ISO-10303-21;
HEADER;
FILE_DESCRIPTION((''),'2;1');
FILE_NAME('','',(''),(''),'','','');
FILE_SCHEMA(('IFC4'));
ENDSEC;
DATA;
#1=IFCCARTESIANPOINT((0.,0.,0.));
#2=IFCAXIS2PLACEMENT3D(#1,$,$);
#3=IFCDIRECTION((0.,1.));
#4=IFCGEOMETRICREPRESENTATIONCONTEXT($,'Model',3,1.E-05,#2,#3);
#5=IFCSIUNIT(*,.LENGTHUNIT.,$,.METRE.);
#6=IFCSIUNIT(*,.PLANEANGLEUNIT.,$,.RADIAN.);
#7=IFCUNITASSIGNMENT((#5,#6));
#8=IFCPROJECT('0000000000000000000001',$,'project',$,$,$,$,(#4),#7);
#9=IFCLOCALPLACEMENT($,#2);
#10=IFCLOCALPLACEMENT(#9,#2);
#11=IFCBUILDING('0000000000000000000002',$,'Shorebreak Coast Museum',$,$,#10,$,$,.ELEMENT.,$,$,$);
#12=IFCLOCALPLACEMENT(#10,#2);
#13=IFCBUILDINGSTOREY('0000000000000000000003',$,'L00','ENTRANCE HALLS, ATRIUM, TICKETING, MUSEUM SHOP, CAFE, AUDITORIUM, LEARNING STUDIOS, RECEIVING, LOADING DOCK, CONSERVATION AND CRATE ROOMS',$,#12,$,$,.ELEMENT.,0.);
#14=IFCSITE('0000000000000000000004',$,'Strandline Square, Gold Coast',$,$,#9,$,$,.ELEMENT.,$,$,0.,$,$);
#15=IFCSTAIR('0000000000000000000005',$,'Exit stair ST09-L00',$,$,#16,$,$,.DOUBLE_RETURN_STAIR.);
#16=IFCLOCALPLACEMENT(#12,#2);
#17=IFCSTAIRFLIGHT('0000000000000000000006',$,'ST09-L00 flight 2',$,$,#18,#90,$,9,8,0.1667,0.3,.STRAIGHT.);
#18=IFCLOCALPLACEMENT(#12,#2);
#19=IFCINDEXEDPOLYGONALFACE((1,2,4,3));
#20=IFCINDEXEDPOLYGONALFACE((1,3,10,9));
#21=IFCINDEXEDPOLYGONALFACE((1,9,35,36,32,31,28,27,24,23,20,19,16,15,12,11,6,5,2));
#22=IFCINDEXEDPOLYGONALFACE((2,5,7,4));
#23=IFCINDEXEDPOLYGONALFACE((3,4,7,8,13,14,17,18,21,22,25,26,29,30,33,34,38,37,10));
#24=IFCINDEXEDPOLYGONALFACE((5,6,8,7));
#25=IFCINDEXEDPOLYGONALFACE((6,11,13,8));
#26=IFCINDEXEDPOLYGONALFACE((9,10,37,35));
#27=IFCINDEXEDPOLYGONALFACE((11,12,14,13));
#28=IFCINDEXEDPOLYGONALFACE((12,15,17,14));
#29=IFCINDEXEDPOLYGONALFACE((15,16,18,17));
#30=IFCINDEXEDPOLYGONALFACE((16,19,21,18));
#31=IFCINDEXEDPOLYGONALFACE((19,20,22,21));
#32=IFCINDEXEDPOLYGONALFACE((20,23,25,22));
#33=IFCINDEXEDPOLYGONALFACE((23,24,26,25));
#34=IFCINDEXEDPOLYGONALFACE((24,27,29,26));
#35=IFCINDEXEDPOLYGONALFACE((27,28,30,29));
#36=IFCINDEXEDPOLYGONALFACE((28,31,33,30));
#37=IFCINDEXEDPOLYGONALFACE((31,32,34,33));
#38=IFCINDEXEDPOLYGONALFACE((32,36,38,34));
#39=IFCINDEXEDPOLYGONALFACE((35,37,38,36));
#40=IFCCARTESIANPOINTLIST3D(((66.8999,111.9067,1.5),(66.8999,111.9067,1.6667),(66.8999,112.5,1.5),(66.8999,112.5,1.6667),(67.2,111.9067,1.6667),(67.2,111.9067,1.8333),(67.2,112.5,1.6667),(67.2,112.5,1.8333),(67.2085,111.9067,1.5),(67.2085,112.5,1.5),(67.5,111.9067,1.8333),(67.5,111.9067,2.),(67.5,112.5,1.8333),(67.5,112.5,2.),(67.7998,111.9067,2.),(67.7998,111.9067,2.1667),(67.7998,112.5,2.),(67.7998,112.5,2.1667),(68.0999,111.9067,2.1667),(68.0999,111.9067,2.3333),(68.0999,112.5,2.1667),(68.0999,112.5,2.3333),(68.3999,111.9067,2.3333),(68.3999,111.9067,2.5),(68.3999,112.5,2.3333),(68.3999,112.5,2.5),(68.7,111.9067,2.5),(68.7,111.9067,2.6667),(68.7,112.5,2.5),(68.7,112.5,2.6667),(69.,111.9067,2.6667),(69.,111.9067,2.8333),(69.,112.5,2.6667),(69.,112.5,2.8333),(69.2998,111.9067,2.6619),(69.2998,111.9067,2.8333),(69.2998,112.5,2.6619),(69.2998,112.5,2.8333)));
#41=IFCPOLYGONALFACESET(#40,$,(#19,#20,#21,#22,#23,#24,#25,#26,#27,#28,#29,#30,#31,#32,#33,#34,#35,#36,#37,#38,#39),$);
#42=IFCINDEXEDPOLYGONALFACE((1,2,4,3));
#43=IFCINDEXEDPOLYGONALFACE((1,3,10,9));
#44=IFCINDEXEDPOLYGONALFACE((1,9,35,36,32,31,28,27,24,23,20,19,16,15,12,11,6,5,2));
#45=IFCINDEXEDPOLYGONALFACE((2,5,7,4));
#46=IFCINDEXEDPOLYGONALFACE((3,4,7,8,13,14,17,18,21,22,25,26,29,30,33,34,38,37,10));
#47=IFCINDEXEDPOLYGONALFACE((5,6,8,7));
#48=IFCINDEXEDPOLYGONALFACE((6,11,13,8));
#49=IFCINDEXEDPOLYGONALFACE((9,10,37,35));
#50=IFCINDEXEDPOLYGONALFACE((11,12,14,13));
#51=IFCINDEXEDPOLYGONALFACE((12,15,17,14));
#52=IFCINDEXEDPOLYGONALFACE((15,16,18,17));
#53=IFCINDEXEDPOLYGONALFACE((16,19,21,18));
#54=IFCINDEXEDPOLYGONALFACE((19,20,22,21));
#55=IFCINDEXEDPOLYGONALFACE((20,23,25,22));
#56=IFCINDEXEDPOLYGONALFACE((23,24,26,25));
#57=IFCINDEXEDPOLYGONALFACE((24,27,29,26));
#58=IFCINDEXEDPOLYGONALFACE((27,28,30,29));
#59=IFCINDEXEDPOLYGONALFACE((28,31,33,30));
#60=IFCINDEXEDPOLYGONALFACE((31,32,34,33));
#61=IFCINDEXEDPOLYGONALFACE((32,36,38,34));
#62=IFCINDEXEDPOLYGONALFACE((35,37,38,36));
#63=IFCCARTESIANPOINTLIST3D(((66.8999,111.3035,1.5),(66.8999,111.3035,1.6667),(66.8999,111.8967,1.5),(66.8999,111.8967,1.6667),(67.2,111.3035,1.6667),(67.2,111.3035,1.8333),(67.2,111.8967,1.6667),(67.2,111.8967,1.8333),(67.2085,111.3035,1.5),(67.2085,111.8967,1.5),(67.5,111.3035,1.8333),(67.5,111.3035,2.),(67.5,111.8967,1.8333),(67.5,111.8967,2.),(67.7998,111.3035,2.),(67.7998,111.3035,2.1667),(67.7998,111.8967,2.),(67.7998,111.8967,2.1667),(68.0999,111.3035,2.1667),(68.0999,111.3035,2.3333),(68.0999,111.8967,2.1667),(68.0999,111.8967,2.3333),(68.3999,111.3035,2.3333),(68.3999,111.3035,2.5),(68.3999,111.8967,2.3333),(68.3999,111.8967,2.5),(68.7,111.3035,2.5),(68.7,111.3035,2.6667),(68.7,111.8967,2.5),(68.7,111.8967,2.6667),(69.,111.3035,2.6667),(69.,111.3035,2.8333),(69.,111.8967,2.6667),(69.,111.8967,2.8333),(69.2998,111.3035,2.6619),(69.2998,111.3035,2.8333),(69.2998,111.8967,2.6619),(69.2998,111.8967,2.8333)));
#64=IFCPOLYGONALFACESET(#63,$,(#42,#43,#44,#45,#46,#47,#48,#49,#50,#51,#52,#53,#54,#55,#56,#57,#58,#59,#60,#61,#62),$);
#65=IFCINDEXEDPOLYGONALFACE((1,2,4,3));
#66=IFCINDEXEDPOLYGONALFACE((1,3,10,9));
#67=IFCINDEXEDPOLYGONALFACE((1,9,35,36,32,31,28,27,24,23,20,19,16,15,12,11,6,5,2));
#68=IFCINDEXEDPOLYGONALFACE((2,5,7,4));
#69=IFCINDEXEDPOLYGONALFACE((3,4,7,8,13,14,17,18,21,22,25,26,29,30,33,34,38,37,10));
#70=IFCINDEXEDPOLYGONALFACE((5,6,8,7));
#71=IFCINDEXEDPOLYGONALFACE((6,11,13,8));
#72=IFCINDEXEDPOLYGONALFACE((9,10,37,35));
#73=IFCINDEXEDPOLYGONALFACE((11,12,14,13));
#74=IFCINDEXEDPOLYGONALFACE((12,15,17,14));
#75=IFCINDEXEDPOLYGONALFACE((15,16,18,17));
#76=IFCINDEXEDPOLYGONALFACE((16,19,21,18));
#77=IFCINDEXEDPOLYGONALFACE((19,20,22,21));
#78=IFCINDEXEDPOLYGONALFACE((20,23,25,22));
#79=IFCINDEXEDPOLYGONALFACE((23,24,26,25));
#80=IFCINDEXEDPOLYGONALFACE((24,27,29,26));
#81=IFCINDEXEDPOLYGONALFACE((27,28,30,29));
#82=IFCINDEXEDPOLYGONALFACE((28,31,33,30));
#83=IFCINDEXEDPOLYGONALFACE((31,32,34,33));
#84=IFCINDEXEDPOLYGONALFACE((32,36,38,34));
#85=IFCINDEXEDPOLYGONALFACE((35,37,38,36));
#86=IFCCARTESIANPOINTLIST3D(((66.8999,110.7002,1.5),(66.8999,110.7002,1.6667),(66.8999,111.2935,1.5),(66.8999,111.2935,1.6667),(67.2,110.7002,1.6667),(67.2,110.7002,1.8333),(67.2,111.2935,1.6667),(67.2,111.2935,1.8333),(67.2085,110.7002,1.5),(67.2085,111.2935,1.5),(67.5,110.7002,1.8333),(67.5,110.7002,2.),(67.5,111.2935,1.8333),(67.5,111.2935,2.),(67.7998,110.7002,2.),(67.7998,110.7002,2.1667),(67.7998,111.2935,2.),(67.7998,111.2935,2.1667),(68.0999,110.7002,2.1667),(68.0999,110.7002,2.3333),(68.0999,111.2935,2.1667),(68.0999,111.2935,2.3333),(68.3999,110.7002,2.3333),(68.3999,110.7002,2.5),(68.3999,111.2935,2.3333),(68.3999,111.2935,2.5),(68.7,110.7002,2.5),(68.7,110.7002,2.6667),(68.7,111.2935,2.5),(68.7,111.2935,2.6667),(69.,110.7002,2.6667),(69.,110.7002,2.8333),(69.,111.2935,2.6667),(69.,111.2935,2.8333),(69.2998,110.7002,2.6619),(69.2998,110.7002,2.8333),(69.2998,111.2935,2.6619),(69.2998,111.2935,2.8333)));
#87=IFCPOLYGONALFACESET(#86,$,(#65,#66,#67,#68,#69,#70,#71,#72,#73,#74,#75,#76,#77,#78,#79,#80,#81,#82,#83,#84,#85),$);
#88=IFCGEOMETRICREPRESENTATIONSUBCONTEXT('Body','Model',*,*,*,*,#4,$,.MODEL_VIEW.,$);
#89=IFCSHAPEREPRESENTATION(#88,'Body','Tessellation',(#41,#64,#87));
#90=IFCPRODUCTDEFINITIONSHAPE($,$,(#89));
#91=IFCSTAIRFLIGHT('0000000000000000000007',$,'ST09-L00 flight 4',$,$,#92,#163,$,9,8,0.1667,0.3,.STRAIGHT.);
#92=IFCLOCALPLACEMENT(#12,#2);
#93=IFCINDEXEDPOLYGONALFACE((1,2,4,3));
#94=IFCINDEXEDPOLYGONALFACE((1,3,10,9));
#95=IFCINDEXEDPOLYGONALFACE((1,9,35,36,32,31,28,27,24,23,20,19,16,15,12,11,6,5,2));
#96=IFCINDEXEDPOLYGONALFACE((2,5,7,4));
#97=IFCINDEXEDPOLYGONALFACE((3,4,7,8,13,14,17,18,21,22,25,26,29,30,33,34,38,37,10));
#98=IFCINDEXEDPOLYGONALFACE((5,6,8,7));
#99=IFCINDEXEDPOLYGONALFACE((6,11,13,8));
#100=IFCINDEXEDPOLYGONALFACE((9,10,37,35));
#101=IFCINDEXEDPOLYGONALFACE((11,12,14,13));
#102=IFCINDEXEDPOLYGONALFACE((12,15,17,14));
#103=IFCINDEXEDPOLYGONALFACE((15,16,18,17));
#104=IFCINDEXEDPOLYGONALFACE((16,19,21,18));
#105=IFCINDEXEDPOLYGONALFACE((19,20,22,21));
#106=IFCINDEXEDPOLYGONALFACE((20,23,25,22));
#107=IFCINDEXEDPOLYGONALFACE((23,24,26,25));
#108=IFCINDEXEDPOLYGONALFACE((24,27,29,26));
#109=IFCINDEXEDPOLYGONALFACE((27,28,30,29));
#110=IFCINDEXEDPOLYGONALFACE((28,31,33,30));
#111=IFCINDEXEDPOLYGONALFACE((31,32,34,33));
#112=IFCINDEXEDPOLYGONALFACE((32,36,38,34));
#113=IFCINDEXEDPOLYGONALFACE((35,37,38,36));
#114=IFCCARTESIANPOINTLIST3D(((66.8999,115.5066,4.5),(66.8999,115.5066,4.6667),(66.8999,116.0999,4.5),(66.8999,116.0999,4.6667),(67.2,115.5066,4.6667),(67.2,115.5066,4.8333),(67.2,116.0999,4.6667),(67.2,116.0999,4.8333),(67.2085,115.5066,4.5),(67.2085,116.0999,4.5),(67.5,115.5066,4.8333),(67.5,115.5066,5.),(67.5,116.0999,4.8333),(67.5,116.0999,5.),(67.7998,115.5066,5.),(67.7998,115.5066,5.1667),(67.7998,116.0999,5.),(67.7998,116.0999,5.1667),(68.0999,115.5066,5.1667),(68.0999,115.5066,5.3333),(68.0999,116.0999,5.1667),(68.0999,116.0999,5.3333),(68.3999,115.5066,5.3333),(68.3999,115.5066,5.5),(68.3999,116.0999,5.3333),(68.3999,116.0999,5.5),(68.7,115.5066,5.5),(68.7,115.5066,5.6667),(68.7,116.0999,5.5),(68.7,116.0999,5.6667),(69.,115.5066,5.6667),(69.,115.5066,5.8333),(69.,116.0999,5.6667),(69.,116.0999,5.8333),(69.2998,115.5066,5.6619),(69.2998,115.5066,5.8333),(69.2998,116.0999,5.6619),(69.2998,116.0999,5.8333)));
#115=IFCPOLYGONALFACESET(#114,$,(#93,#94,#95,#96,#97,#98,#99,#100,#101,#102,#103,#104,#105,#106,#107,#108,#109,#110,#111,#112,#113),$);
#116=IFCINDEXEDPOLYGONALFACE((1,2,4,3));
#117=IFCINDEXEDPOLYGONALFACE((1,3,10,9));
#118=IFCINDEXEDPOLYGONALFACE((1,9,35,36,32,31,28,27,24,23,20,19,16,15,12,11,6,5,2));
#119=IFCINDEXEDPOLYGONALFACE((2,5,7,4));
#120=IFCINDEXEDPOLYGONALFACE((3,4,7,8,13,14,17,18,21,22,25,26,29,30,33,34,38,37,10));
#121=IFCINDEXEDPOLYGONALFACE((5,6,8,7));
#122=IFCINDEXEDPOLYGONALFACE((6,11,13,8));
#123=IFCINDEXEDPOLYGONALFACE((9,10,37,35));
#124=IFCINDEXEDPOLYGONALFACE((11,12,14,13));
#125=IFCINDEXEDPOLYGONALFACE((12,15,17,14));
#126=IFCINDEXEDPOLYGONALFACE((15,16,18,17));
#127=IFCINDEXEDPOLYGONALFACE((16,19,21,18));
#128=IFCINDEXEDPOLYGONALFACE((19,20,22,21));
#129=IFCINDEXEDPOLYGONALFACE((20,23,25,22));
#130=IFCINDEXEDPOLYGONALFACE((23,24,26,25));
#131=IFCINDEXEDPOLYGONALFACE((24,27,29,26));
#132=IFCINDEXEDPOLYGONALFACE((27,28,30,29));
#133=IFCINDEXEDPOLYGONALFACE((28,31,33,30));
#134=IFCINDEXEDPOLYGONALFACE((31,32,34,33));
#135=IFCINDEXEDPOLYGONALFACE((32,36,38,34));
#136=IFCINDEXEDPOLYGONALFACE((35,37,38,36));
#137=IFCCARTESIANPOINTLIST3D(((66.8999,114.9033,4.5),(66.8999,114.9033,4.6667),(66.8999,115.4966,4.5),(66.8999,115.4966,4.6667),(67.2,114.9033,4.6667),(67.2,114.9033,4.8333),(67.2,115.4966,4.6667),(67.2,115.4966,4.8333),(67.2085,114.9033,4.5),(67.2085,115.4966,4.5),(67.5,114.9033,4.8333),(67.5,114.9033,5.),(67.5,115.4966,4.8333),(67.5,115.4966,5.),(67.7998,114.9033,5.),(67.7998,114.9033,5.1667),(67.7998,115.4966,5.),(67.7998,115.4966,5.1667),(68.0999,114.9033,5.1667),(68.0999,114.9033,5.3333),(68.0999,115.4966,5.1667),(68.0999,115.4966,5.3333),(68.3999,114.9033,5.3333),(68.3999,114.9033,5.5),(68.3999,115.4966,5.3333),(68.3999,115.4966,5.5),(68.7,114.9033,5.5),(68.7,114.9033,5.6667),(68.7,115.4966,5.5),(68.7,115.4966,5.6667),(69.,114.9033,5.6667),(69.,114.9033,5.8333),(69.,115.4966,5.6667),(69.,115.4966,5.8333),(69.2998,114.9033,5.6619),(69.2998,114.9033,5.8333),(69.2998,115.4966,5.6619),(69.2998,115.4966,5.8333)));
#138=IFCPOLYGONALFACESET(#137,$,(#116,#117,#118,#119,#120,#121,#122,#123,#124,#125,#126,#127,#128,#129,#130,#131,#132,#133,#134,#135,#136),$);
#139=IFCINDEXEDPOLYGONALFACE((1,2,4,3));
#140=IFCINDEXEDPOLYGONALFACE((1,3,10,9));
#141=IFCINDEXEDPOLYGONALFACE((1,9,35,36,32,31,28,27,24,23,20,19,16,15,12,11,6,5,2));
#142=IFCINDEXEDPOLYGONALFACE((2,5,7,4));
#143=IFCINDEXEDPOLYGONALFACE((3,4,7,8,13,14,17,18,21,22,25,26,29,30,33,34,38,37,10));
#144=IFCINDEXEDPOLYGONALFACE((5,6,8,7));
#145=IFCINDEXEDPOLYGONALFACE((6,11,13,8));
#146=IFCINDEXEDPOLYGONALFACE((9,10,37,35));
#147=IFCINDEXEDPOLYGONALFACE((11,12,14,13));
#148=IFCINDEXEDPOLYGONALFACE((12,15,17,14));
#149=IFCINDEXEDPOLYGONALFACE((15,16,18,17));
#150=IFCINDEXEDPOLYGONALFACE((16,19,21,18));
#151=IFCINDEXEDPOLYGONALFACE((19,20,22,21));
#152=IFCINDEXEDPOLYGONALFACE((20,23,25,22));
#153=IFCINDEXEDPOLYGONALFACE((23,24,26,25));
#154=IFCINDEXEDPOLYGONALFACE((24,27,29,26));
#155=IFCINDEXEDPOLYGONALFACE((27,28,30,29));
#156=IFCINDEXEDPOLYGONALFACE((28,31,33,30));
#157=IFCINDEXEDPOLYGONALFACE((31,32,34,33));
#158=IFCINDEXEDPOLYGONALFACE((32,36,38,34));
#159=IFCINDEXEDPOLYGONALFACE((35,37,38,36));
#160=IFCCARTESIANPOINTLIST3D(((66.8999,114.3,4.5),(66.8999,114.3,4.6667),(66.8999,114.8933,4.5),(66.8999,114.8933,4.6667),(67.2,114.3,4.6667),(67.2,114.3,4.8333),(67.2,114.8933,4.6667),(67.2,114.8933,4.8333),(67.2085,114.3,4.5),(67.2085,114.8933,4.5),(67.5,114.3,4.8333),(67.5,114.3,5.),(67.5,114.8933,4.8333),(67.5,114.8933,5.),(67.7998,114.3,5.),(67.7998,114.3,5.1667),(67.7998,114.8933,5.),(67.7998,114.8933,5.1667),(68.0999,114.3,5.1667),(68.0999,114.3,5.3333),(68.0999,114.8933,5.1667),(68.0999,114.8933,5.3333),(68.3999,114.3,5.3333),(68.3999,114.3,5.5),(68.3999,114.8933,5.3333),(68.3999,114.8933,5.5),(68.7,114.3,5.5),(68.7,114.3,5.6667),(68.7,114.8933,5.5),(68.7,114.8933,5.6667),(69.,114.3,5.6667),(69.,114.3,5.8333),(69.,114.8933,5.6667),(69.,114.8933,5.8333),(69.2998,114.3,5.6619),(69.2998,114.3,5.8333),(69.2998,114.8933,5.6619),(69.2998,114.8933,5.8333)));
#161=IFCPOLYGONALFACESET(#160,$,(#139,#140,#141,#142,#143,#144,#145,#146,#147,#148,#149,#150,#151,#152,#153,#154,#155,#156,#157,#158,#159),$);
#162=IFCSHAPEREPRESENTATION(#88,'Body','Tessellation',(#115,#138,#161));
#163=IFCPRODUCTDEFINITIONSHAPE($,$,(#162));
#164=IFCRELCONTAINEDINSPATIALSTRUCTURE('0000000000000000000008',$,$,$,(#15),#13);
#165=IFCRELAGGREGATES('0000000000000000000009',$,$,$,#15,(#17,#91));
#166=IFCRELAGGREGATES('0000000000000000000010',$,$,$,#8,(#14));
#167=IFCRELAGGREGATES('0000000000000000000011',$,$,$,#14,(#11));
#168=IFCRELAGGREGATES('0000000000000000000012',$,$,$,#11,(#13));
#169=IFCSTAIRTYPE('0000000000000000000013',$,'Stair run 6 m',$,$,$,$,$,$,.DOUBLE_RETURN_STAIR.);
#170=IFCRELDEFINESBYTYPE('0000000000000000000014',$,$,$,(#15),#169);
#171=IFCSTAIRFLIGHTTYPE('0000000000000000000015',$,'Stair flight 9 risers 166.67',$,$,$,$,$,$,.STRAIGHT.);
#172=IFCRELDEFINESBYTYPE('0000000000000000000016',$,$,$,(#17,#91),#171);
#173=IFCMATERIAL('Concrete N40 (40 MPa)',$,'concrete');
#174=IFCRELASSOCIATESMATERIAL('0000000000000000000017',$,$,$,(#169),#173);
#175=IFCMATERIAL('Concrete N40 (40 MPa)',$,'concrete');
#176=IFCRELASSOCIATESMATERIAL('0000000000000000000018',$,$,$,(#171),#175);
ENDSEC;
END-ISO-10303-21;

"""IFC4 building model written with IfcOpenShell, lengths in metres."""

from ifc_helpers import new_model, si_unit, direction, frame, origin, place, context, subcontext, project, spatial, polyline, outline, extrude, material, type_object, element, aggregate, save


model = new_model("IFC4")

# Units and contexts
model_context = context("Model", 3, precision=1e-05, world=origin(), true_north=direction((0.0, 1.0)))
body_context = subcontext(model_context, "Body", "Model", "MODEL_VIEW")
ifc_project = project(units=[si_unit("LENGTHUNIT", "METRE"), si_unit("PLANEANGLEUNIT", "RADIAN")], contexts=[model_context])

# Site, building, storey
site_placement = place(None, origin())
site = spatial("IfcSite", under=ifc_project, at=site_placement, Name="Strandline Square, Gold Coast", CompositionType="ELEMENT", RefElevation=0.0)
building_placement = place(site_placement, origin())
building = spatial("IfcBuilding", under=site, at=building_placement, Name="Shorebreak Coast Museum", CompositionType="ELEMENT")
storey_placement = place(building_placement, origin())
storey = spatial("IfcBuildingStorey", under=building, at=storey_placement, Name="L00", Description="ENTRANCE HALLS, ATRIUM, TICKETING, MUSEUM SHOP, CAFE, AUDITORIUM, LEARNING STUDIOS, RECEIVING, LOADING DOCK, CONSERVATION AND CRATE ROOMS", CompositionType="ELEMENT", Elevation=0.0)

# Stair, stair flights
ifc_material_1 = material(Name="Concrete N40 (40 MPa)", Category="concrete")
stair_type = type_object("IfcStairType", Name="Stair run 6 m", PredefinedType="DOUBLE_RETURN_STAIR", material=ifc_material_1)
stair_placement = place(storey_placement, origin())
stair = element("IfcStair", 1, at=stair_placement, inside=storey, type_object=stair_type, Name="Exit stair ST09-L00", PredefinedType="DOUBLE_RETURN_STAIR")
ifc_material_2 = material(Name="Concrete N40 (40 MPa)", Category="concrete")
stair_flight_type = type_object("IfcStairFlightType", Name="Stair flight 9 risers 166.67", PredefinedType="STRAIGHT", material=ifc_material_2)
stair_flight_1_placement = place(storey_placement, frame((66.8999, 111.6001, 1.5), z_axis=(0.0, 0.0, 1.0), x_axis=(1.0, 0.0, 0.0)))
stair_flight_1 = element("IfcStairFlight", 2, at=stair_flight_1_placement, type_object=stair_flight_type, Name="ST09-L00 flight 2", NumberOfRisers=9, NumberOfTreads=8, PredefinedType="STRAIGHT", RiserHeight=0.1667, TreadLength=0.3, context=body_context, shape_type="SweptSolid", body=[
    extrude(outline(polyline([(0.0, 0.0), (0.0, 0.1667), (0.3, 0.1667), (0.3, 0.3333), (0.6001, 0.3333), (0.6001, 0.5), (0.8999, 0.5), (0.8999, 0.6667), (1.2, 0.6667), (1.2, 0.8333), (1.5, 0.8333), (1.5, 1.0), (1.8, 1.0), (1.8, 1.1667), (2.1001, 1.1667), (2.1001, 1.3333), (2.3999, 1.3333), (2.3999, 1.5), (2.3999, 1.1619), (0.3086, 0.0), (0.0, 0.0)])), frame((0.0, 0.8999, 0.0), z_axis=(0.0, -1.0, 0.0), x_axis=(1.0, 0.0, 0.0)), (0.0, 0.0, 1.0), 0.5933),
    extrude(outline(polyline([(0.0, 0.0), (0.0, 0.1667), (0.3, 0.1667), (0.3, 0.3333), (0.6001, 0.3333), (0.6001, 0.5), (0.8999, 0.5), (0.8999, 0.6667), (1.2, 0.6667), (1.2, 0.8333), (1.5, 0.8333), (1.5, 1.0), (1.8, 1.0), (1.8, 1.1667), (2.1001, 1.1667), (2.1001, 1.3333), (2.3999, 1.3333), (2.3999, 1.5), (2.3999, 1.1619), (0.3086, 0.0), (0.0, 0.0)])), frame((0.0, 0.2966, 0.0), z_axis=(0.0, -1.0, 0.0), x_axis=(1.0, 0.0, 0.0)), (0.0, 0.0, 1.0), 0.5933),
    extrude(outline(polyline([(0.0, 0.0), (0.0, 0.1667), (0.3, 0.1667), (0.3, 0.3333), (0.6001, 0.3333), (0.6001, 0.5), (0.8999, 0.5), (0.8999, 0.6667), (1.2, 0.6667), (1.2, 0.8333), (1.5, 0.8333), (1.5, 1.0), (1.8, 1.0), (1.8, 1.1667), (2.1001, 1.1667), (2.1001, 1.3333), (2.3999, 1.3333), (2.3999, 1.5), (2.3999, 1.1619), (0.3086, 0.0), (0.0, 0.0)])), frame((0.0, -0.3066, 0.0), z_axis=(0.0, -1.0, 0.0), x_axis=(1.0, 0.0, 0.0)), (0.0, 0.0, 1.0), 0.5933),
])
stair_flight_2_placement = place(storey_placement, frame((66.8999, 115.2, 4.5), z_axis=(0.0, 0.0, 1.0), x_axis=(1.0, 0.0, 0.0)))
stair_flight_2 = element("IfcStairFlight", 3, at=stair_flight_2_placement, type_object=stair_flight_type, Name="ST09-L00 flight 4", NumberOfRisers=9, NumberOfTreads=8, PredefinedType="STRAIGHT", RiserHeight=0.1667, TreadLength=0.3, context=body_context, shape_type="SweptSolid", body=[
    extrude(outline(polyline([(0.0, 0.0), (0.0, 0.1667), (0.3, 0.1667), (0.3, 0.3333), (0.6001, 0.3333), (0.6001, 0.5), (0.8999, 0.5), (0.8999, 0.6667), (1.2, 0.6667), (1.2, 0.8333), (1.5, 0.8333), (1.5, 1.0), (1.8, 1.0), (1.8, 1.1667), (2.1001, 1.1667), (2.1001, 1.3333), (2.3999, 1.3333), (2.3999, 1.5), (2.3999, 1.1619), (0.3086, 0.0), (0.0, 0.0)])), frame((0.0, 0.8999, 0.0), z_axis=(0.0, -1.0, 0.0), x_axis=(1.0, 0.0, 0.0)), (0.0, 0.0, 1.0), 0.5933),
    extrude(outline(polyline([(0.0, 0.0), (0.0, 0.1667), (0.3, 0.1667), (0.3, 0.3333), (0.6001, 0.3333), (0.6001, 0.5), (0.8999, 0.5), (0.8999, 0.6667), (1.2, 0.6667), (1.2, 0.8333), (1.5, 0.8333), (1.5, 1.0), (1.8, 1.0), (1.8, 1.1667), (2.1001, 1.1667), (2.1001, 1.3333), (2.3999, 1.3333), (2.3999, 1.5), (2.3999, 1.1619), (0.3086, 0.0), (0.0, 0.0)])), frame((0.0, 0.2966, 0.0), z_axis=(0.0, -1.0, 0.0), x_axis=(1.0, 0.0, 0.0)), (0.0, 0.0, 1.0), 0.5933),
    extrude(outline(polyline([(0.0, 0.0), (0.0, 0.1667), (0.3, 0.1667), (0.3, 0.3333), (0.6001, 0.3333), (0.6001, 0.5), (0.8999, 0.5), (0.8999, 0.6667), (1.2, 0.6667), (1.2, 0.8333), (1.5, 0.8333), (1.5, 1.0), (1.8, 1.0), (1.8, 1.1667), (2.1001, 1.1667), (2.1001, 1.3333), (2.3999, 1.3333), (2.3999, 1.5), (2.3999, 1.1619), (0.3086, 0.0), (0.0, 0.0)])), frame((0.0, -0.3066, 0.0), z_axis=(0.0, -1.0, 0.0), x_axis=(1.0, 0.0, 0.0)), (0.0, 0.0, 1.0), 0.5933),
])
aggregate(stair, [stair_flight_1, stair_flight_2])

save(model, "model.ifc")
